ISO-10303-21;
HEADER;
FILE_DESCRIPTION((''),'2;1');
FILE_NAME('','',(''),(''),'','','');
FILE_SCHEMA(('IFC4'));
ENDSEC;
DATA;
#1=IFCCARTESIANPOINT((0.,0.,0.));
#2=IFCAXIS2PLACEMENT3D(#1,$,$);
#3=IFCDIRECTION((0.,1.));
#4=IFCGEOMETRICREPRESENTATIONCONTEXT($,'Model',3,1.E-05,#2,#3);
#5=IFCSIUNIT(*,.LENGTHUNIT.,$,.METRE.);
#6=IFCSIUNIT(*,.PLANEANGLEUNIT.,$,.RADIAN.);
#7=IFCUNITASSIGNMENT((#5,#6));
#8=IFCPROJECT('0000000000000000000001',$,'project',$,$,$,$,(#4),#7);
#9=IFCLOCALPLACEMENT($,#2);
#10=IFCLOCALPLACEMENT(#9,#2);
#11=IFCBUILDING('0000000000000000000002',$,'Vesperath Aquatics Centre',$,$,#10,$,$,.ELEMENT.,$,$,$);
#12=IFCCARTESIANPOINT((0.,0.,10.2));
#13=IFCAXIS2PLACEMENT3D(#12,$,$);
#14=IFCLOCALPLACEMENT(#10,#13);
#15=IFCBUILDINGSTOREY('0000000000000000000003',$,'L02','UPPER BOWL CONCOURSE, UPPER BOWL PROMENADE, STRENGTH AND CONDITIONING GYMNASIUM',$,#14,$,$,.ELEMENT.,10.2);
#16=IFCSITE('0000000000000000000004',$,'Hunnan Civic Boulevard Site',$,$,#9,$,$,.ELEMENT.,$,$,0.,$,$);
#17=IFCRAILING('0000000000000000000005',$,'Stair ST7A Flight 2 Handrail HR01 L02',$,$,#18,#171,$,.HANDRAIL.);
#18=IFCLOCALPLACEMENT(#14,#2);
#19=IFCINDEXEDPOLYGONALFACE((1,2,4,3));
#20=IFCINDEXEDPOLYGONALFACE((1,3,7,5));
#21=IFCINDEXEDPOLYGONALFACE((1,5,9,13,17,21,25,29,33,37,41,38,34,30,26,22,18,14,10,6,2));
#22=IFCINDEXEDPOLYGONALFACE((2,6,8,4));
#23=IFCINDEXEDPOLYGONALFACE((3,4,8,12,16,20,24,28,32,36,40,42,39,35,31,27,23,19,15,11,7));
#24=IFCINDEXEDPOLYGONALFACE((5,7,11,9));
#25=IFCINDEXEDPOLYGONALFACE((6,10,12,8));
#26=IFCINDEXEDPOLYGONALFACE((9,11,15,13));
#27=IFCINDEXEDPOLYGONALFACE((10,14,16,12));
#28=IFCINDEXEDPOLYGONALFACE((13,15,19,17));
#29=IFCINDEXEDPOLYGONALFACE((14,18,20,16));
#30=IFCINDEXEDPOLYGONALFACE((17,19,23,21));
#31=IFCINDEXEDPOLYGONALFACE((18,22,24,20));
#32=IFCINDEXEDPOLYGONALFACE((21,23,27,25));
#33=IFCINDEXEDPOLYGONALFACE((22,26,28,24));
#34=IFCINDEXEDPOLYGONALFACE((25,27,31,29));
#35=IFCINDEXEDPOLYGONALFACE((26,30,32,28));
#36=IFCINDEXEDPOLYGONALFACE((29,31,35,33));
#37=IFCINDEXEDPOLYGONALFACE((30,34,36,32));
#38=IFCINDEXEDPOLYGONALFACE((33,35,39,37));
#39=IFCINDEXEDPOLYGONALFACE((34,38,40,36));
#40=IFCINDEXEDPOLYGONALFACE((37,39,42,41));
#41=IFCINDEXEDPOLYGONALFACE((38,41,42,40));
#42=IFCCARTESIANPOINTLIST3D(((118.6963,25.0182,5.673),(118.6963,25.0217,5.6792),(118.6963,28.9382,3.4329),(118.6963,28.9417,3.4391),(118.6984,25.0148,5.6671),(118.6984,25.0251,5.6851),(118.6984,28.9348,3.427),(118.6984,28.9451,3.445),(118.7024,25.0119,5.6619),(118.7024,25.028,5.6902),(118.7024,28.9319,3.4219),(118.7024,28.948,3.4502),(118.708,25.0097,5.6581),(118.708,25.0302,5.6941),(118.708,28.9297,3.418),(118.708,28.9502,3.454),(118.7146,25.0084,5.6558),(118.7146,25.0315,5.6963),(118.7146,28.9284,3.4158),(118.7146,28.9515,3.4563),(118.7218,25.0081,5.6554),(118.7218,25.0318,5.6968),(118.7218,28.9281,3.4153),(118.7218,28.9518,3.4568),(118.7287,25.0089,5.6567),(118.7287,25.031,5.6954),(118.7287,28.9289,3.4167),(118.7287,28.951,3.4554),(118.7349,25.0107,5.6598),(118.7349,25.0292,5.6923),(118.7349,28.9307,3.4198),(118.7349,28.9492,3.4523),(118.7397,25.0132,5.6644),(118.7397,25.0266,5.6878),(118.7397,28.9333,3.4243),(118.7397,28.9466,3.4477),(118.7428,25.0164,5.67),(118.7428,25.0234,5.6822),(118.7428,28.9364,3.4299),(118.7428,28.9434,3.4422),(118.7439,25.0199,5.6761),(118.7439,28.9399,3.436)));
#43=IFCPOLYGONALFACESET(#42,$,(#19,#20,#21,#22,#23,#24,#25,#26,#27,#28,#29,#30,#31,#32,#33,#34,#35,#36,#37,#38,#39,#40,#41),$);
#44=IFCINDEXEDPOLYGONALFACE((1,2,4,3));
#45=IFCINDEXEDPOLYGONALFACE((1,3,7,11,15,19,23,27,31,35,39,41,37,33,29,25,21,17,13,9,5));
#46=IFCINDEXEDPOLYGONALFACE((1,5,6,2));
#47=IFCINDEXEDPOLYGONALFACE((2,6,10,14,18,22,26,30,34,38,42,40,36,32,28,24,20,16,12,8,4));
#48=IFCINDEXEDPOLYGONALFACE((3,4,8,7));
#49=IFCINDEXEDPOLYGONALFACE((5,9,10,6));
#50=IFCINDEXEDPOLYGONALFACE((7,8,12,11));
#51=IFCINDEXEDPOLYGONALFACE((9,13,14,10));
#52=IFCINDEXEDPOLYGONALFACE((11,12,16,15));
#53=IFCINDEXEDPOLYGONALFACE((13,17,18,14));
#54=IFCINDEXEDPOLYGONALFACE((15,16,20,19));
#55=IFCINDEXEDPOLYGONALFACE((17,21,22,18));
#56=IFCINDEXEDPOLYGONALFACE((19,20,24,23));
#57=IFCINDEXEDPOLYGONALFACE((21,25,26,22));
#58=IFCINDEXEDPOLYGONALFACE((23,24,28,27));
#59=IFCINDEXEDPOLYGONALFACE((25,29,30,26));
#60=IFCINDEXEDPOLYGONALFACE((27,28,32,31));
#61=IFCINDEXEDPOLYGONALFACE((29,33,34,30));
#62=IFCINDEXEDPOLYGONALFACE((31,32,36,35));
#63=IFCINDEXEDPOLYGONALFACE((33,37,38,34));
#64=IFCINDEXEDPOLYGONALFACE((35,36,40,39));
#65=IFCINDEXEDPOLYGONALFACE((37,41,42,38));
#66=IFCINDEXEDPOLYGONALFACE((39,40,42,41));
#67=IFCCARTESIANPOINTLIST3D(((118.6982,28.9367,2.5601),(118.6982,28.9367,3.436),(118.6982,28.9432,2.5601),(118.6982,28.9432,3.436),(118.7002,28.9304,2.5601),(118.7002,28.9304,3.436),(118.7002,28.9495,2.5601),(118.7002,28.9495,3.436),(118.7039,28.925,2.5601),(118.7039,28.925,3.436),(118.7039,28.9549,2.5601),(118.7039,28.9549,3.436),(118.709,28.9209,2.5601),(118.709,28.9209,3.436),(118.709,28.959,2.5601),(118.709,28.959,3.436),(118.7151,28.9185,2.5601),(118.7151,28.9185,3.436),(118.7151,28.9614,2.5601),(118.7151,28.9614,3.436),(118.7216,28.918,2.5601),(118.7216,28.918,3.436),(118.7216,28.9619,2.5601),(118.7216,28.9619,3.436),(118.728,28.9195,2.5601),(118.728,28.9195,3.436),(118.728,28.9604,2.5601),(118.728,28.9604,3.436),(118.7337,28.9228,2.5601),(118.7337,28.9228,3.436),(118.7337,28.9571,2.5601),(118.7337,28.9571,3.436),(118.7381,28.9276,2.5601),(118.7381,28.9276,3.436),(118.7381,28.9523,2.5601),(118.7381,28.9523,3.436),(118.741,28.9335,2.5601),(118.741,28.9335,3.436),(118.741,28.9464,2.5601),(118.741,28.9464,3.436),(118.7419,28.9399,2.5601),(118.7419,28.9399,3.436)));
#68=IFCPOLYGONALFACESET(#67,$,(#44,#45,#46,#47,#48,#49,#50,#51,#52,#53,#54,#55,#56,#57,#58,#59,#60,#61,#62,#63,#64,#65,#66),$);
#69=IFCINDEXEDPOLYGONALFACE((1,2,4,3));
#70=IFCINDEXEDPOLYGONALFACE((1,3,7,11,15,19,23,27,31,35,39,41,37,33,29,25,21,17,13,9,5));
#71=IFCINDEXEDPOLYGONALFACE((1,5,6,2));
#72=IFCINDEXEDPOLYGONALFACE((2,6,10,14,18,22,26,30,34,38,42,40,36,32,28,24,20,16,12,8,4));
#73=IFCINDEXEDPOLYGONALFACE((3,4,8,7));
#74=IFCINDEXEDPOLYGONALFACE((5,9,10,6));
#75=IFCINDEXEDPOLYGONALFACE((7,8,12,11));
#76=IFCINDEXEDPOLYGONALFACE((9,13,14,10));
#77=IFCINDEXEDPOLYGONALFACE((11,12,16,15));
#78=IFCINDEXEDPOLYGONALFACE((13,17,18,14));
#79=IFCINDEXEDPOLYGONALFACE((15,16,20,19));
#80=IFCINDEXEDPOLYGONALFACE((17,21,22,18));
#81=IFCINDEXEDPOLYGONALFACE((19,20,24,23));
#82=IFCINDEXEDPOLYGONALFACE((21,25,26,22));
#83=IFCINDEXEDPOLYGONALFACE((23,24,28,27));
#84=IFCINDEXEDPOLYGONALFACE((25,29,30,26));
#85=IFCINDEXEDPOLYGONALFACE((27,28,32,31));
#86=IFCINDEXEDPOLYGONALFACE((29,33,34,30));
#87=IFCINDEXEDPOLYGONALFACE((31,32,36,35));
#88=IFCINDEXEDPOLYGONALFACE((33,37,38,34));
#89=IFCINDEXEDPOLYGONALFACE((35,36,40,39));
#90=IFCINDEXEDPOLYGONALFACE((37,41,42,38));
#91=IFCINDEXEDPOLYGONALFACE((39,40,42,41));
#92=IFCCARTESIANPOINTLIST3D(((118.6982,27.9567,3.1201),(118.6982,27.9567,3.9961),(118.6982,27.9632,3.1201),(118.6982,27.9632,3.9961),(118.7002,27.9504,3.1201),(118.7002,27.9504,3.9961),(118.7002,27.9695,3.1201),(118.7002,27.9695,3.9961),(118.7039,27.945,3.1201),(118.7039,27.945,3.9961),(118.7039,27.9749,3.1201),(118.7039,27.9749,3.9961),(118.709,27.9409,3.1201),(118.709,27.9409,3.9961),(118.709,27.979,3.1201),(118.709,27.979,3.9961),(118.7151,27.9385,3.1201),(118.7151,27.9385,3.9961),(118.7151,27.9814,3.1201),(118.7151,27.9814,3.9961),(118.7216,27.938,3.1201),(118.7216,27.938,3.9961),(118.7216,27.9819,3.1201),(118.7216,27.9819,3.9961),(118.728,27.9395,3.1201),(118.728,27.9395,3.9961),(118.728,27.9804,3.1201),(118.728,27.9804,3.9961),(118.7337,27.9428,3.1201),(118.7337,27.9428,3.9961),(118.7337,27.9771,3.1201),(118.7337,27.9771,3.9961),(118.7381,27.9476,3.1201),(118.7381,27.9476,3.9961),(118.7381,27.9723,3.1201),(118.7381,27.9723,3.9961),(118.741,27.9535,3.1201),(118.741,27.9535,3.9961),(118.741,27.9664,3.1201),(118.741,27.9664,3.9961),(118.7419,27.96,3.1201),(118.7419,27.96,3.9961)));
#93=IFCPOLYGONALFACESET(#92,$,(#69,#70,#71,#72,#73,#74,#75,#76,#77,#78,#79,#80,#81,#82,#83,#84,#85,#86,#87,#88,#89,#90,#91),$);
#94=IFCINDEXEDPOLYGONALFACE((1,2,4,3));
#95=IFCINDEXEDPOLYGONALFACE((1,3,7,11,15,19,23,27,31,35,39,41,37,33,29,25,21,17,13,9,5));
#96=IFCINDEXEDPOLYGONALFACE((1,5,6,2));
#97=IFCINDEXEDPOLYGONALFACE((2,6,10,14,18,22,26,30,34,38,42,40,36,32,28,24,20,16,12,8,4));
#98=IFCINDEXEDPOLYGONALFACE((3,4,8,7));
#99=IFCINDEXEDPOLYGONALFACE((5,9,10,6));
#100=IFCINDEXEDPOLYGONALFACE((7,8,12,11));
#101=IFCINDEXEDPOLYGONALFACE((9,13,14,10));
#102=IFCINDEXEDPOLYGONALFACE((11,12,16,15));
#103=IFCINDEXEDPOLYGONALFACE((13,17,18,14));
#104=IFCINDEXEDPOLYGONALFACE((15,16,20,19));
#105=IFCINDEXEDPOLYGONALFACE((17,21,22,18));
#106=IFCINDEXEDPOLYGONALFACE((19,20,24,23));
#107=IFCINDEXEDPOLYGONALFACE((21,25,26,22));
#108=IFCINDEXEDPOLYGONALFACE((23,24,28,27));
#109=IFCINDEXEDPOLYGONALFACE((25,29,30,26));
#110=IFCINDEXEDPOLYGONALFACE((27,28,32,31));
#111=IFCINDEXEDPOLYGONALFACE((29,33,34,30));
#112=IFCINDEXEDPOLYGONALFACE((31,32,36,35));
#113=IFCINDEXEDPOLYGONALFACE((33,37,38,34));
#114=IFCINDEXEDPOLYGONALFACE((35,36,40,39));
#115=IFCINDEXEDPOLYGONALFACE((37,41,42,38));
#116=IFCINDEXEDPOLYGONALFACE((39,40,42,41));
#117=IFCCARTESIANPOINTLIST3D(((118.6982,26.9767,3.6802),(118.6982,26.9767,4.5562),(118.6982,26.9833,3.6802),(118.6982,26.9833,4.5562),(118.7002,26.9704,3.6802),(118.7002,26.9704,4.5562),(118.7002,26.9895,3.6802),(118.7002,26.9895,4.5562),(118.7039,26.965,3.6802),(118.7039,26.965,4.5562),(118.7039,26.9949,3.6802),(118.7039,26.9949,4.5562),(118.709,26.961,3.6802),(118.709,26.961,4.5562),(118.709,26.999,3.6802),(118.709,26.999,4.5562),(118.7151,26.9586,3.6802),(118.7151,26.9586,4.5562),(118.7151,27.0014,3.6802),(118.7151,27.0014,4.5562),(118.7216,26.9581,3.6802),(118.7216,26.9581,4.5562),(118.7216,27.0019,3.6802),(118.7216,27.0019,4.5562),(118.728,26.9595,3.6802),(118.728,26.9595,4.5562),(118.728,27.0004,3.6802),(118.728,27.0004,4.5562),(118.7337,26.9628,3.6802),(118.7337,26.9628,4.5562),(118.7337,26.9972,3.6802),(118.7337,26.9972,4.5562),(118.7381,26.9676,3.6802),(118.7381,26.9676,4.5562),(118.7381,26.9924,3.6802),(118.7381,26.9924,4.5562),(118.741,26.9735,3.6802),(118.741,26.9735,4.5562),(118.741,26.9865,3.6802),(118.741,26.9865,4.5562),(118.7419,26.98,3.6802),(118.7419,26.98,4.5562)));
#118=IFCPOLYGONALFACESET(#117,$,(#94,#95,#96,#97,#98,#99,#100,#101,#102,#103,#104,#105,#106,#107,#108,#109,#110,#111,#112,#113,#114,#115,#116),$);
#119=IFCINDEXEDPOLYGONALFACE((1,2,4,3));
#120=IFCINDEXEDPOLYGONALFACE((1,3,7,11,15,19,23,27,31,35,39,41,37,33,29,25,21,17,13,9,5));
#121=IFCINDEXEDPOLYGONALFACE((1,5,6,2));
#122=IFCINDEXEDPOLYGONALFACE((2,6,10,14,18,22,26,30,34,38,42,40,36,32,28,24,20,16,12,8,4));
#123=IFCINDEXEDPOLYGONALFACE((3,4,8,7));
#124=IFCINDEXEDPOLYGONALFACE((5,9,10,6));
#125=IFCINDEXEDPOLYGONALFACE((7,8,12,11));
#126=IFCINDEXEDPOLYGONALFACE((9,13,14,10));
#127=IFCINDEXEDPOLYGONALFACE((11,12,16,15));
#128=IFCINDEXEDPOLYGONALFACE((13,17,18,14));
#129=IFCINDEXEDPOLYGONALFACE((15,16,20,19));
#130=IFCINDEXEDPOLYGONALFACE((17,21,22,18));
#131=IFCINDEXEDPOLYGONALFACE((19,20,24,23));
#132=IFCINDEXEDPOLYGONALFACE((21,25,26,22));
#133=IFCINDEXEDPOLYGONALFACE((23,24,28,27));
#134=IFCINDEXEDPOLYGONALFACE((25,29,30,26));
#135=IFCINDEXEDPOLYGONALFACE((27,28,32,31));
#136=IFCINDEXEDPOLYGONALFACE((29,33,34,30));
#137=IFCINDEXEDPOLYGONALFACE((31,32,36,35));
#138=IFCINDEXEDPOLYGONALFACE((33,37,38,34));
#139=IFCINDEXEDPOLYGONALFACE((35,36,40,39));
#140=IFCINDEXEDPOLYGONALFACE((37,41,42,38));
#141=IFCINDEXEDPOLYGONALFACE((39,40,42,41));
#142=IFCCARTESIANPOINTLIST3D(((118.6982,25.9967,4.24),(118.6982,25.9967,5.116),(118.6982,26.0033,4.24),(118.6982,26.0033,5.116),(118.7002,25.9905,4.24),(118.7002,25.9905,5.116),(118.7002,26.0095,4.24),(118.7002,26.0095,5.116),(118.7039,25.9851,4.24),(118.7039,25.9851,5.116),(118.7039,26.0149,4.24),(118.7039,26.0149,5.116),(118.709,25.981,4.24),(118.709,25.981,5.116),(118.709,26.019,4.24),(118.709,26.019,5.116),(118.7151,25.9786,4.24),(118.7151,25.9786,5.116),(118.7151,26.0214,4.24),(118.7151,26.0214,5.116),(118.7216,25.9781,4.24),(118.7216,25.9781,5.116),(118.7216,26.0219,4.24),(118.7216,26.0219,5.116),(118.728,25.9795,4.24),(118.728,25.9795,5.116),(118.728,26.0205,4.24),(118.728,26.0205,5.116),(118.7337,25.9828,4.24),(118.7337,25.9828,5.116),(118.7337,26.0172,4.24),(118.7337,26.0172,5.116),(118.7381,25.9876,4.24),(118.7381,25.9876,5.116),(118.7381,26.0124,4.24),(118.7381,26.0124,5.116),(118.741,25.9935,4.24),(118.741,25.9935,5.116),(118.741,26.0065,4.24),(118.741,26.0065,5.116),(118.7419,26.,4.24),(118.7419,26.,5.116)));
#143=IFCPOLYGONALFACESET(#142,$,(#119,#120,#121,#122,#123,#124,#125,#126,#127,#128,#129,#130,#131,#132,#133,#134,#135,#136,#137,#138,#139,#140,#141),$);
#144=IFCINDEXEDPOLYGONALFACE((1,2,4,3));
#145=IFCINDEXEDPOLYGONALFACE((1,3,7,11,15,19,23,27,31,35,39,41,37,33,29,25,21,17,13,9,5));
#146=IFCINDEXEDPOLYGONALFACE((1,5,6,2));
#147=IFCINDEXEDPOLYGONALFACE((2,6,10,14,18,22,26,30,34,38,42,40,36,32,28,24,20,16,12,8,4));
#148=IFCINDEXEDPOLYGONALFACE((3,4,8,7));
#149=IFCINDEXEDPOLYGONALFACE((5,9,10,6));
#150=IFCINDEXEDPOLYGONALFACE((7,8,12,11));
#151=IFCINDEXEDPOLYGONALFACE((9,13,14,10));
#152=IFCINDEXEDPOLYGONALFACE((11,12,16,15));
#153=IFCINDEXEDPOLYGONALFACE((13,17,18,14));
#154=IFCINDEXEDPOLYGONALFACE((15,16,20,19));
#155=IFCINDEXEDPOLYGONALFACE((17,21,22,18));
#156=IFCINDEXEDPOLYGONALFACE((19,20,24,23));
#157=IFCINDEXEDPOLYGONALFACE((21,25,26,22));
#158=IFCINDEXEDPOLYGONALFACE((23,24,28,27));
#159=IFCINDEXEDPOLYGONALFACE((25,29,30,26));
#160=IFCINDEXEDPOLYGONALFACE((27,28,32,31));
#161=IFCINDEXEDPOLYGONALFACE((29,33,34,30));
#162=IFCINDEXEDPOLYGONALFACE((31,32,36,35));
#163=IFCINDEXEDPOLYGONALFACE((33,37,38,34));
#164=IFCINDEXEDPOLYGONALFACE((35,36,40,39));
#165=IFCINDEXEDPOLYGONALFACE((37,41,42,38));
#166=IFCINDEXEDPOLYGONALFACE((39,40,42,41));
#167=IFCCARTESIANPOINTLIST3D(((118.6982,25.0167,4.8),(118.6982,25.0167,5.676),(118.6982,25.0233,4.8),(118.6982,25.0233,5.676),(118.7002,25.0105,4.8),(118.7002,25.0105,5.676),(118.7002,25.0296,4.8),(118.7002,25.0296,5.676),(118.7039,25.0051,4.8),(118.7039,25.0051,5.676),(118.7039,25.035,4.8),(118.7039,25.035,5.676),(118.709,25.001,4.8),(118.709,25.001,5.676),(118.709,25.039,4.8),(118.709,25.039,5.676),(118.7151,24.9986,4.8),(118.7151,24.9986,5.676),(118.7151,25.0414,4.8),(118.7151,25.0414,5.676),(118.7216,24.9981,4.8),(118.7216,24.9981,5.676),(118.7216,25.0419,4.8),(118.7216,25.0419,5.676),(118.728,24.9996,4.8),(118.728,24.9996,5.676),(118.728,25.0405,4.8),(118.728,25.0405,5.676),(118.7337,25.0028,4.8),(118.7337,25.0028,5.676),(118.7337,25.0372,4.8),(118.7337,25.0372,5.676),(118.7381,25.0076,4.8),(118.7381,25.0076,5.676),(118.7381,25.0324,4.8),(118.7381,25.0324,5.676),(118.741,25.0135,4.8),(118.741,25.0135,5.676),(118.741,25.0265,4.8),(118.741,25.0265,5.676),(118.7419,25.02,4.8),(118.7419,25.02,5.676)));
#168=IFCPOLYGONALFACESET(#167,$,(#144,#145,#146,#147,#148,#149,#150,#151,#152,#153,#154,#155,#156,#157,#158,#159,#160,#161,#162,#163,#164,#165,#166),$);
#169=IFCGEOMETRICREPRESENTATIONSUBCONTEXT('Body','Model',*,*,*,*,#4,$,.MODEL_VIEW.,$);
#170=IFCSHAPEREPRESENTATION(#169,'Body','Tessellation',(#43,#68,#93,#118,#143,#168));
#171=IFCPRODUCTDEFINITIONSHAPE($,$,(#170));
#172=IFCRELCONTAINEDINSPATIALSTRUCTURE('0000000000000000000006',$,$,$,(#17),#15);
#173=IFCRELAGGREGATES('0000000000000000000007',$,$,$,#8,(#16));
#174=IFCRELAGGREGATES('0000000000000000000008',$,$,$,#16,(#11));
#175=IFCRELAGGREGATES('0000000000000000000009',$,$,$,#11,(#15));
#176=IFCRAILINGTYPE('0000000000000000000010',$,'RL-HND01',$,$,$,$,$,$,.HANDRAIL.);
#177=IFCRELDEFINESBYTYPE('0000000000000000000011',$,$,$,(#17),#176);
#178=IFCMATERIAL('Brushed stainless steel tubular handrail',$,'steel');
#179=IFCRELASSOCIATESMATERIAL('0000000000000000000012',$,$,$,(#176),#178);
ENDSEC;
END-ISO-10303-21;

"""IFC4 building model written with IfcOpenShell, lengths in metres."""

from ifc_helpers import new_model, si_unit, direction, frame, origin, origin_2d, place, context, subcontext, project, spatial, circle, extrude, material, type_object, element, save


model = new_model("IFC4")

# Units and contexts
model_context = context("Model", 3, precision=1e-05, world=origin(), true_north=direction((0.0, 1.0)))
body_context = subcontext(model_context, "Body", "Model", "MODEL_VIEW")
ifc_project = project(units=[si_unit("LENGTHUNIT", "METRE"), si_unit("PLANEANGLEUNIT", "RADIAN")], contexts=[model_context])

# Site, building, storey
site_placement = place(None, origin())
site = spatial("IfcSite", under=ifc_project, at=site_placement, Name="Hunnan Civic Boulevard Site", CompositionType="ELEMENT", RefElevation=0.0)
building_placement = place(site_placement, origin())
building = spatial("IfcBuilding", under=site, at=building_placement, Name="Vesperath Aquatics Centre", CompositionType="ELEMENT")
storey_placement = place(building_placement, frame((0.0, 0.0, 10.2)))
storey = spatial("IfcBuildingStorey", under=building, at=storey_placement, Name="L02", Description="UPPER BOWL CONCOURSE, UPPER BOWL PROMENADE, STRENGTH AND CONDITIONING GYMNASIUM", CompositionType="ELEMENT", Elevation=10.2)

# Railing
ifc_material_1 = material(Name="Brushed stainless steel tubular handrail", Category="steel")
railing_type_1 = type_object("IfcRailingType", Name="RL-HND01", PredefinedType="HANDRAIL", material=ifc_material_1)
railing_1_placement = place(storey_placement, frame((118.72, 28.9399, 2.5601)))
element("IfcRailing", 1, at=railing_1_placement, inside=storey, type_object=railing_type_1, Name="Stair ST7A Flight 2 Handrail HR01 L02", PredefinedType="HANDRAIL", context=body_context, shape_type="SweptSolid", body=[
    extrude(circle(Radius=0.0239, at=origin_2d()), frame((0.0, 0.0, 0.876), z_axis=(0.0, -0.86824, 0.496145), x_axis=(1.0, 0.0, 0.0)), (0.0, 0.0, 1.0), 4.5149),
    extrude(circle(Radius=0.022, at=origin_2d()), origin(), (0.0, 0.0, 1.0), 0.876),
    extrude(circle(Radius=0.022, at=origin_2d()), frame((0.0, -0.98, 0.5601)), (0.0, 0.0, 1.0), 0.876),
    extrude(circle(Radius=0.022, at=origin_2d()), frame((0.0, -1.96, 1.1201)), (0.0, 0.0, 1.0), 0.876),
    extrude(circle(Radius=0.022, at=origin_2d()), frame((0.0, -2.9399, 1.6799)), (0.0, 0.0, 1.0), 0.876),
    extrude(circle(Radius=0.022, at=origin_2d()), frame((0.0, -3.9199, 2.24)), (0.0, 0.0, 1.0), 0.876),
])

save(model, "model.ifc")
